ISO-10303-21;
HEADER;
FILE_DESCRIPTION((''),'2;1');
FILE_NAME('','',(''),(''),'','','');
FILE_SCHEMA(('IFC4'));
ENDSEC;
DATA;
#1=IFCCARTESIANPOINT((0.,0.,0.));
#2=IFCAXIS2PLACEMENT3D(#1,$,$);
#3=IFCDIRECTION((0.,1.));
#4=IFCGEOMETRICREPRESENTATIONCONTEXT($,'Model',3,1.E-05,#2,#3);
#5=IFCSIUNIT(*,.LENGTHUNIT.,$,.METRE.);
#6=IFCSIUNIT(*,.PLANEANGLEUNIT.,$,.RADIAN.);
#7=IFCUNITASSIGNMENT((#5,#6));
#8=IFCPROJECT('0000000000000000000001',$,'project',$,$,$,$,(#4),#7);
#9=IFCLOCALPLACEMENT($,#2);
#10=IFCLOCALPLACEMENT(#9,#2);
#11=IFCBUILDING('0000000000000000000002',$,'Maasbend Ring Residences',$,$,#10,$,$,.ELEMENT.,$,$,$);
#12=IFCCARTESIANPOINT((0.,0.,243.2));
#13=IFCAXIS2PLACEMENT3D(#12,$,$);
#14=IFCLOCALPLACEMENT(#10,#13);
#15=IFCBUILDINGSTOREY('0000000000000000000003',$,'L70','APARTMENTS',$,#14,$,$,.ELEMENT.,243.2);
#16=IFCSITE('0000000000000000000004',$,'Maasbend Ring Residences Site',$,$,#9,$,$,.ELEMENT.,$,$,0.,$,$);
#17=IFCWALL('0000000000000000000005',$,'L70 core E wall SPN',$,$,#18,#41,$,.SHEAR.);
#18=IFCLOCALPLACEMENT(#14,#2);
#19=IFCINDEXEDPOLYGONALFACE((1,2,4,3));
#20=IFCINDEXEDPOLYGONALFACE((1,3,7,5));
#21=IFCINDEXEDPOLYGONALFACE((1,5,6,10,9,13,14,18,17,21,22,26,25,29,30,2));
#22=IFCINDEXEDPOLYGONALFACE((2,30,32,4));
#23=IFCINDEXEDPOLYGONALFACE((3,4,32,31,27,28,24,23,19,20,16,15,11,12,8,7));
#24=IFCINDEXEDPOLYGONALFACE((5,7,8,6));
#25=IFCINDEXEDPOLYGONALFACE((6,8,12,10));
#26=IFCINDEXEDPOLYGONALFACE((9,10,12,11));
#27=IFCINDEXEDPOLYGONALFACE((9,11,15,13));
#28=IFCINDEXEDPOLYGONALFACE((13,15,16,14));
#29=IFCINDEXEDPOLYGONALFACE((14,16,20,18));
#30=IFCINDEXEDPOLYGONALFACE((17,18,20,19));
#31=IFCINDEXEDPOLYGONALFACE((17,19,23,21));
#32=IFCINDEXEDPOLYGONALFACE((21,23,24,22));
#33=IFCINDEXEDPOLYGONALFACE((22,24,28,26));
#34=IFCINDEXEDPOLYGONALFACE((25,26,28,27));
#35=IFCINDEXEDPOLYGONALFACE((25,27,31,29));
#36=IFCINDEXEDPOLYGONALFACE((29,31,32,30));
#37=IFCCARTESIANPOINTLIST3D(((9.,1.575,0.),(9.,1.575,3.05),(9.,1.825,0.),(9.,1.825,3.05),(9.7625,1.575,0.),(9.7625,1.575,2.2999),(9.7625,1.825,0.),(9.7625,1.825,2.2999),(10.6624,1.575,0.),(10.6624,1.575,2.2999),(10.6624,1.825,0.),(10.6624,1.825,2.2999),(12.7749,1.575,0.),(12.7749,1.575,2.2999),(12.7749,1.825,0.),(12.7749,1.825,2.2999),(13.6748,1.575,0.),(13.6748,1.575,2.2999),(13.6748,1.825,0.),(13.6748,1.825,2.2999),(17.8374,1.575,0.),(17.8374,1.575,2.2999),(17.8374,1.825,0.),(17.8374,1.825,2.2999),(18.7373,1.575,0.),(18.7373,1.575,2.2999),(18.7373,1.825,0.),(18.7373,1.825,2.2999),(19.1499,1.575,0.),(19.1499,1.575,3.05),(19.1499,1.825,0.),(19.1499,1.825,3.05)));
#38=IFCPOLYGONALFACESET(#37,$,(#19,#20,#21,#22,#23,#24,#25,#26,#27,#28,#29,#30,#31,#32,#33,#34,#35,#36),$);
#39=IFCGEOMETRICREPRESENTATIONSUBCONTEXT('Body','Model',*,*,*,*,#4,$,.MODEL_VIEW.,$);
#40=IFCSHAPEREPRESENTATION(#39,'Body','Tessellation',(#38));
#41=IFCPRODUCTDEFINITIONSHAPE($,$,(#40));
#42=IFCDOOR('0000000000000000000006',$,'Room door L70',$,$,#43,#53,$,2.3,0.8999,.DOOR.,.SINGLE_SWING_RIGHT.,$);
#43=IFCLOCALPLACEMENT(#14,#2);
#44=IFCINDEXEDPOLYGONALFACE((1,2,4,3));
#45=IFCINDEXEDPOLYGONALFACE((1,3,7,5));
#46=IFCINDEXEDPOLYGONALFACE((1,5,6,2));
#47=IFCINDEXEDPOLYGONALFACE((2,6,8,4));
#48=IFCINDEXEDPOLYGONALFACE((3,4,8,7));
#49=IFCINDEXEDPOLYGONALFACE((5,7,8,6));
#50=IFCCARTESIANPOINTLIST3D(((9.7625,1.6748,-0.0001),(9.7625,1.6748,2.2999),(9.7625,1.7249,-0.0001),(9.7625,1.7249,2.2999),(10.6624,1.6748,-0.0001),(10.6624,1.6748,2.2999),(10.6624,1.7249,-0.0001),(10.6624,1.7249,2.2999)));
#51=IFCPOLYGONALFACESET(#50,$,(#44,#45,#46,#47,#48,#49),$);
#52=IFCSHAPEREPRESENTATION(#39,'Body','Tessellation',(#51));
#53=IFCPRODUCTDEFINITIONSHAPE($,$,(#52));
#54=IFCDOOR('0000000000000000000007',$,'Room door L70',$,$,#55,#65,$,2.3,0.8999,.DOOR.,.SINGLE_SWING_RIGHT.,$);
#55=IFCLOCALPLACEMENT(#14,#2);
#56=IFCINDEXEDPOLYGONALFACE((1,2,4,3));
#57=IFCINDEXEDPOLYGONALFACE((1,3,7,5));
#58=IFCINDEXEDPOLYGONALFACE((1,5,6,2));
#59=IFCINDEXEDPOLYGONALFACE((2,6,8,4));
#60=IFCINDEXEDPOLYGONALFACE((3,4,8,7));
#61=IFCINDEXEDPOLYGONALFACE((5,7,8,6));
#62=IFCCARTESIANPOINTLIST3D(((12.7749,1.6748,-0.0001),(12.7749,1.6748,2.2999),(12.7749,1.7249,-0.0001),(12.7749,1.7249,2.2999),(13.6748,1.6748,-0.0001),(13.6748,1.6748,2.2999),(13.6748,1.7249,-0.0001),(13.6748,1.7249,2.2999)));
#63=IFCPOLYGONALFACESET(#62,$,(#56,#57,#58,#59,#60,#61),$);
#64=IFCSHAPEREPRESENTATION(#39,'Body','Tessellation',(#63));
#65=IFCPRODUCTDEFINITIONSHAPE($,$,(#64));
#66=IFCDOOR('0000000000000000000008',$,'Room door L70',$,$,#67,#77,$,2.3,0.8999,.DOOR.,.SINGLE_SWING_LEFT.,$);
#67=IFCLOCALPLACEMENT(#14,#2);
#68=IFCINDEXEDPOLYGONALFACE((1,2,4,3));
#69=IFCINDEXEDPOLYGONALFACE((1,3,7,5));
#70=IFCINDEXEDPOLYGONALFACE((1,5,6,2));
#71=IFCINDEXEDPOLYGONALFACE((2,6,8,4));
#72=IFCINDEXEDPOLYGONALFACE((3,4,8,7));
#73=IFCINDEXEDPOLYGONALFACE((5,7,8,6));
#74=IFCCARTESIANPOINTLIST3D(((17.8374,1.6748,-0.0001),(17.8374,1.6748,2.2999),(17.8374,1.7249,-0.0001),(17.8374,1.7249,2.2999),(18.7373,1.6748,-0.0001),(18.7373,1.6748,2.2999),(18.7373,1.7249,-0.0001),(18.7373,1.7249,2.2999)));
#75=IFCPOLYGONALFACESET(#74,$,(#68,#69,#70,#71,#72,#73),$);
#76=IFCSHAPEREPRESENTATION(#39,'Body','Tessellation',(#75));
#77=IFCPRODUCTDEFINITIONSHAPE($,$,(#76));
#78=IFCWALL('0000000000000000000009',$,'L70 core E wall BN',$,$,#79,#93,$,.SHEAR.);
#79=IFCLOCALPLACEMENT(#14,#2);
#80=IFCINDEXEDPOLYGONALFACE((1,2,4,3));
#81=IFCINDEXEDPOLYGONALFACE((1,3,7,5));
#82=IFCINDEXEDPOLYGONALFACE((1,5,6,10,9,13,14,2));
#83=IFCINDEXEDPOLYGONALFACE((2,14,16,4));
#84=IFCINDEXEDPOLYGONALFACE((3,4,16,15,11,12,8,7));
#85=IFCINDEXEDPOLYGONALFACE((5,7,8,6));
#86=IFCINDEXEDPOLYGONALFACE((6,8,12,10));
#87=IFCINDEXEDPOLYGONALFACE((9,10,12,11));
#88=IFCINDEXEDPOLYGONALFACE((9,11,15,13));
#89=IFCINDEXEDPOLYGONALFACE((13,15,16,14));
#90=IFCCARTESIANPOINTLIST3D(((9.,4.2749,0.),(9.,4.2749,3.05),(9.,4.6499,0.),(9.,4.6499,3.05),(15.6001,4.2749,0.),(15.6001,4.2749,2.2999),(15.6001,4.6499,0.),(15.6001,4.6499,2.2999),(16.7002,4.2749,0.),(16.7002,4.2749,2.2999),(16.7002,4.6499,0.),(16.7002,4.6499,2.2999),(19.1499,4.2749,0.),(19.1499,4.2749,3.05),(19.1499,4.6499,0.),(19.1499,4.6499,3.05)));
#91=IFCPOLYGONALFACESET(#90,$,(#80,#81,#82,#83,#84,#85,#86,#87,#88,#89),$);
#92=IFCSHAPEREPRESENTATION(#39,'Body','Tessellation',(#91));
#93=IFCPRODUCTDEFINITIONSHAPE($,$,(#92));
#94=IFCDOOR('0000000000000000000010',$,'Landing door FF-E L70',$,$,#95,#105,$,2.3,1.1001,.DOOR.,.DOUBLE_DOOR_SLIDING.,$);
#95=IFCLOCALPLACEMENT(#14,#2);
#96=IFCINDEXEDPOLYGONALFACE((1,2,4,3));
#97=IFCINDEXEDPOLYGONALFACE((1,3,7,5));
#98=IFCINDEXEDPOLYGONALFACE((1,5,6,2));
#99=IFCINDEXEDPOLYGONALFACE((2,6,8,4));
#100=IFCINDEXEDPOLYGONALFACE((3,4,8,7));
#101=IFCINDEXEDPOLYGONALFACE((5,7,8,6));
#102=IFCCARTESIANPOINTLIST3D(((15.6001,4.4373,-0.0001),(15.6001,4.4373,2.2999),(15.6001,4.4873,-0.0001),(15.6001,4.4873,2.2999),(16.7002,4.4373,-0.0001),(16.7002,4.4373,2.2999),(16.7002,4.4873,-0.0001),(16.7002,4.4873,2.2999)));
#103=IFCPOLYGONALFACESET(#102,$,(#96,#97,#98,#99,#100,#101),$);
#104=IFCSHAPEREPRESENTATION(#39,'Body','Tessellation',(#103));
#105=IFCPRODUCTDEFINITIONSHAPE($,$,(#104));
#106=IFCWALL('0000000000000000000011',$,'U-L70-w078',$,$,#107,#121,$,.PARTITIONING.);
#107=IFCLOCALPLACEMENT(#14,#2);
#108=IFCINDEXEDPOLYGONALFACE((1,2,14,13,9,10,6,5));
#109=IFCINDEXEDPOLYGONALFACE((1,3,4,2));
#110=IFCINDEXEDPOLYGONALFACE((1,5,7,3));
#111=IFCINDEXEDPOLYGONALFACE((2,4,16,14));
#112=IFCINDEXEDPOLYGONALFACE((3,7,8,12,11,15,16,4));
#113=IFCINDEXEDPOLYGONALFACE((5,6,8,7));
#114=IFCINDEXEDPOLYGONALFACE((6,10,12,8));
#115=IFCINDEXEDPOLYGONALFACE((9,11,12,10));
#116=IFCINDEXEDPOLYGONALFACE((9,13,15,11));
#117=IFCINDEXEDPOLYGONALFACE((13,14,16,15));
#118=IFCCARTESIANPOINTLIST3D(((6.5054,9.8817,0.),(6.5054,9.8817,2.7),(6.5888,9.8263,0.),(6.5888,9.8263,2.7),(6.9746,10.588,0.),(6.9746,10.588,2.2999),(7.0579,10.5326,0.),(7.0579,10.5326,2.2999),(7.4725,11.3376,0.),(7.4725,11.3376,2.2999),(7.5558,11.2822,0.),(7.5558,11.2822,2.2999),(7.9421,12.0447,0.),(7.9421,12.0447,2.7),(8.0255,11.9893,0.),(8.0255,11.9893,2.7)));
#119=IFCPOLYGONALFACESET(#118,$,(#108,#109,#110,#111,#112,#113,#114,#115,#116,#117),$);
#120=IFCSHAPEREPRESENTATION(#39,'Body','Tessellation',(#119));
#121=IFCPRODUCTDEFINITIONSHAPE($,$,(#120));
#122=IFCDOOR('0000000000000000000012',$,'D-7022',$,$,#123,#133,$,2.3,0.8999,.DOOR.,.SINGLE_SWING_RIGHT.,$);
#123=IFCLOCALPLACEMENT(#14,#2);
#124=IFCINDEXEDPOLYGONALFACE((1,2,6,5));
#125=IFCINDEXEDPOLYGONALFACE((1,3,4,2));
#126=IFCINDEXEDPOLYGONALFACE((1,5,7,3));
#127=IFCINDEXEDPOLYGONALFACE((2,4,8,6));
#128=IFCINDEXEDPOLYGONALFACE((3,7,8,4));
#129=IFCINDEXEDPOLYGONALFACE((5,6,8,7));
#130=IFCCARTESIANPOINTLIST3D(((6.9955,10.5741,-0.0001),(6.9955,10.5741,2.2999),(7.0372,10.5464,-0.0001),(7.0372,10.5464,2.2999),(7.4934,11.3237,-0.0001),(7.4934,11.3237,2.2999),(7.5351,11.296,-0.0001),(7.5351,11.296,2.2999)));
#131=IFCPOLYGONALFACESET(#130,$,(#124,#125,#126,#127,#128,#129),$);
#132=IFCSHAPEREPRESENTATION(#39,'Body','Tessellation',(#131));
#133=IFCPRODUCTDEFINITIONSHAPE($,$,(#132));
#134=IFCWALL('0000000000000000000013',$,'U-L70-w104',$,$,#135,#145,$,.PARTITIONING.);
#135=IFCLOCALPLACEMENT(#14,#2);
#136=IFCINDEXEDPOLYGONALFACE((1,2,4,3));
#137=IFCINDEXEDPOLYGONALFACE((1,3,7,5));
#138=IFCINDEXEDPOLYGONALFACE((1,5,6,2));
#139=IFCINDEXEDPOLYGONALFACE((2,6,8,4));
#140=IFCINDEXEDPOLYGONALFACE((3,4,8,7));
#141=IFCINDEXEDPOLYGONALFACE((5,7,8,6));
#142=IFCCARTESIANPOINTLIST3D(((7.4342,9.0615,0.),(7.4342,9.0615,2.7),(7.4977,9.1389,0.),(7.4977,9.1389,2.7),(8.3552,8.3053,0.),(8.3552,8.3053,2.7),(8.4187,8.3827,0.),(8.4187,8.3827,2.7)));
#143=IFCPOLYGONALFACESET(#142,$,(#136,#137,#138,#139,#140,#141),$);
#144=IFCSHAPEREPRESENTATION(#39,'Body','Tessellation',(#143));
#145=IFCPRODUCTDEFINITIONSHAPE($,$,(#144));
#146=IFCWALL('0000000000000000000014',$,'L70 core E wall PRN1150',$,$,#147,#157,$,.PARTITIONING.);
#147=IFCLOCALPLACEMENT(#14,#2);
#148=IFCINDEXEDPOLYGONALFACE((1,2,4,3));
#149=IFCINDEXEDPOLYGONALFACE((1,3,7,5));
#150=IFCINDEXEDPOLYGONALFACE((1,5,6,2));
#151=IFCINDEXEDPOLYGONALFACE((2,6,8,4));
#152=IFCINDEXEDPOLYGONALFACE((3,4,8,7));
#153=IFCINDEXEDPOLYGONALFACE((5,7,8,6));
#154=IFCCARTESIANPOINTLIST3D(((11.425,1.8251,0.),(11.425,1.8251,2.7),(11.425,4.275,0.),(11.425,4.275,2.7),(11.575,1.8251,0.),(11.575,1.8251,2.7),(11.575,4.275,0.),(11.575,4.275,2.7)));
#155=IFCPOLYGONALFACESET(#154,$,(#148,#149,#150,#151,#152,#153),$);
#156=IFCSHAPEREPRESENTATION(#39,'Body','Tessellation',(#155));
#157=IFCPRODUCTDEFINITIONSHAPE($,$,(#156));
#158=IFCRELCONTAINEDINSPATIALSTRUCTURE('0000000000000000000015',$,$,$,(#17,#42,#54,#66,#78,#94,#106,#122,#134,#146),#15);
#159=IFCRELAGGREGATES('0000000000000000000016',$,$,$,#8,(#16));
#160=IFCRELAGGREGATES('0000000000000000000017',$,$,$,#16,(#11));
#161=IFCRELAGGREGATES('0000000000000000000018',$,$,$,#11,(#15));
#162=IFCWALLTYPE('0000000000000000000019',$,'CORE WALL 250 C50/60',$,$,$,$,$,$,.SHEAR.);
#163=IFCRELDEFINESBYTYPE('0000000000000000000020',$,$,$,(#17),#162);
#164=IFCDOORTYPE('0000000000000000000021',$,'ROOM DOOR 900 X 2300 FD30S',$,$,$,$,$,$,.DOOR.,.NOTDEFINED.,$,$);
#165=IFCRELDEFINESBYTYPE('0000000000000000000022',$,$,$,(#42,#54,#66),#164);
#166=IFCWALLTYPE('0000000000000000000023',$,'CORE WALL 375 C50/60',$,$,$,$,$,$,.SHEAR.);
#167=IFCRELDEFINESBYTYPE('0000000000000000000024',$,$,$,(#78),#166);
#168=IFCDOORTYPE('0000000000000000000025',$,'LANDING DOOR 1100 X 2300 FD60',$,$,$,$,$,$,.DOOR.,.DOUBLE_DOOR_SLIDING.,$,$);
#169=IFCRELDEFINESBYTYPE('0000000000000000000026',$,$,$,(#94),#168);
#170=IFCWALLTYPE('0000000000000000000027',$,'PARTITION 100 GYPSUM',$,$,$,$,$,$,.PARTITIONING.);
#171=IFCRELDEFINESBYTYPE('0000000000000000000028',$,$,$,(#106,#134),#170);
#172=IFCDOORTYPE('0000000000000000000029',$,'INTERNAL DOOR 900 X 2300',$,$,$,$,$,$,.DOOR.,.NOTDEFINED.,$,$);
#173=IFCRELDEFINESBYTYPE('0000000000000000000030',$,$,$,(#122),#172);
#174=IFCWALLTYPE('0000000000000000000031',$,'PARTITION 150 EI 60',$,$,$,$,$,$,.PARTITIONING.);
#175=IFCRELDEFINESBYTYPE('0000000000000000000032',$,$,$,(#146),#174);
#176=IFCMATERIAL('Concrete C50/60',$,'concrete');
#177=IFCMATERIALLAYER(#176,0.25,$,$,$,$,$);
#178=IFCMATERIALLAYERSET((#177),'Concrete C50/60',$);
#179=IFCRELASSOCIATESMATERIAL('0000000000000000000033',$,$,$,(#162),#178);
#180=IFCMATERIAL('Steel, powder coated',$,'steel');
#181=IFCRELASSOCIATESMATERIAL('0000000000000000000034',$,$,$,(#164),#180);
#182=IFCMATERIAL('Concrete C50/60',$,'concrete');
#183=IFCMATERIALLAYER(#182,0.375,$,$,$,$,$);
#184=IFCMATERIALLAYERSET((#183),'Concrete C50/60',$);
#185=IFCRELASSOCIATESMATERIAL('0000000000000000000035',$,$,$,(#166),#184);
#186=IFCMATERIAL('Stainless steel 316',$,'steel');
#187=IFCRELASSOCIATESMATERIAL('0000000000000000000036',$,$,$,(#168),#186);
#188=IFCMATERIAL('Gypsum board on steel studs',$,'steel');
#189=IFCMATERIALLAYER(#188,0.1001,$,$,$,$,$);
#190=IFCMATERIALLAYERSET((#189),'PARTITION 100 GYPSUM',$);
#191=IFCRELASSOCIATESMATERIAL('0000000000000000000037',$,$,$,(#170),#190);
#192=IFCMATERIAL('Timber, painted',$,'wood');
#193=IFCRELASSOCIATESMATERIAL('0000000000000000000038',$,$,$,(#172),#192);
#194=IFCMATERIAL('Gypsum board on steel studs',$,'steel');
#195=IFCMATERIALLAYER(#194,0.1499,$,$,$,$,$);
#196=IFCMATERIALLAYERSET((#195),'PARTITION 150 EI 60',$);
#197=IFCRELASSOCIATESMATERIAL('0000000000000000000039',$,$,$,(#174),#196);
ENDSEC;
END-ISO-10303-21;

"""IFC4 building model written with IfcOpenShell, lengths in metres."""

from ifc_helpers import new_model, si_unit, direction, frame, frame_2d, origin, place, context, subcontext, project, spatial, rectangle, extrude, material, layer, layer_set, type_object, element, fill, save


model = new_model("IFC4")

# Units and contexts
model_context = context("Model", 3, precision=1e-05, world=origin(), true_north=direction((0.0, 1.0)))
body_context = subcontext(model_context, "Body", "Model", "MODEL_VIEW")
ifc_project = project(units=[si_unit("LENGTHUNIT", "METRE"), si_unit("PLANEANGLEUNIT", "RADIAN")], contexts=[model_context])

# Site, building, storey
site_placement = place(None, origin())
site = spatial("IfcSite", under=ifc_project, at=site_placement, Name="Maasbend Ring Residences Site", CompositionType="ELEMENT", RefElevation=0.0)
building_placement = place(site_placement, origin())
building = spatial("IfcBuilding", under=site, at=building_placement, Name="Maasbend Ring Residences", CompositionType="ELEMENT")
storey_placement = place(building_placement, frame((0.0, 0.0, 243.2)))
storey = spatial("IfcBuildingStorey", under=building, at=storey_placement, Name="L70", Description="APARTMENTS", CompositionType="ELEMENT", Elevation=243.2)

# Wall, openings, doors
ifc_material_1 = material(Name="Concrete C50/60", Category="concrete")
ifc_layer_1 = layer(ifc_material_1, 0.25)
ifc_layer_set_1 = layer_set([ifc_layer_1], Name="Concrete C50/60")
wall_type_1 = type_object("IfcWallType", Name="CORE WALL 250 C50/60", PredefinedType="SHEAR", material=ifc_layer_set_1)
wall_1_placement = place(storey_placement, frame((9.0, 1.7, 0.0), z_axis=(0.0, 0.0, 1.0), x_axis=(1.0, 0.0, 0.0)))
wall_1 = element("IfcWall", 1, at=wall_1_placement, inside=storey, type_object=wall_type_1, Name="L70 core E wall SPN", PredefinedType="SHEAR", context=body_context, shape_type="SweptSolid", body=[
    extrude(rectangle(XDim=10.1499, YDim=0.25, at=frame_2d((5.075, 0.0))), origin(), (0.0, 0.0, 1.0), 3.05),
])
opening_1_placement = place(wall_1_placement, frame((0.7625, 0.0, 0.0)))
opening_1 = element("IfcOpeningElement", 2, at=opening_1_placement, cuts=wall_1, PredefinedType="OPENING", context=body_context, shape_type="SweptSolid", body=[
    extrude(rectangle(XDim=0.8999, YDim=2.3, at=frame_2d((0.45, 1.1499))), frame((0.0, 0.135, 0.0), z_axis=(0.0, -1.0, 0.0), x_axis=(1.0, 0.0, 0.0)), (0.0, 0.0, 1.0), 0.27),
])
opening_2_placement = place(wall_1_placement, frame((3.7749, 0.0, 0.0)))
opening_2 = element("IfcOpeningElement", 3, at=opening_2_placement, cuts=wall_1, PredefinedType="OPENING", context=body_context, shape_type="SweptSolid", body=[
    extrude(rectangle(XDim=0.8999, YDim=2.3, at=frame_2d((0.45, 1.1499))), frame((0.0, 0.135, 0.0), z_axis=(0.0, -1.0, 0.0), x_axis=(1.0, 0.0, 0.0)), (0.0, 0.0, 1.0), 0.27),
])
opening_3_placement = place(wall_1_placement, frame((8.8374, 0.0, 0.0)))
opening_3 = element("IfcOpeningElement", 4, at=opening_3_placement, cuts=wall_1, PredefinedType="OPENING", context=body_context, shape_type="SweptSolid", body=[
    extrude(rectangle(XDim=0.8999, YDim=2.3, at=frame_2d((0.45, 1.1499))), frame((0.0, 0.135, 0.0), z_axis=(0.0, -1.0, 0.0), x_axis=(1.0, 0.0, 0.0)), (0.0, 0.0, 1.0), 0.27),
])
ifc_material_2 = material(Name="Steel, powder coated", Category="steel")
door_type_1 = type_object("IfcDoorType", Name="ROOM DOOR 900 X 2300 FD30S", OperationType="NOTDEFINED", PredefinedType="DOOR", material=ifc_material_2)
door_1_placement = place(opening_1_placement, origin())
door_1 = element("IfcDoor", 5, at=door_1_placement, inside=storey, type_object=door_type_1, Name="Room door L70", OperationType="SINGLE_SWING_RIGHT", OverallHeight=2.3, OverallWidth=0.8999, PredefinedType="DOOR", context=body_context, shape_type="SweptSolid", body=[
    extrude(rectangle(XDim=0.8999, YDim=2.3, at=frame_2d((0.45, 1.1499))), frame((0.0, 0.0249, 0.0), z_axis=(0.0, -1.0, 0.0), x_axis=(1.0, 0.0, 0.0)), (0.0, 0.0, 1.0), 0.05),
])
fill(opening_1, door_1)
door_2_placement = place(opening_2_placement, origin())
door_2 = element("IfcDoor", 6, at=door_2_placement, inside=storey, type_object=door_type_1, Name="Room door L70", OperationType="SINGLE_SWING_RIGHT", OverallHeight=2.3, OverallWidth=0.8999, PredefinedType="DOOR", context=body_context, shape_type="SweptSolid", body=[
    extrude(rectangle(XDim=0.8999, YDim=2.3, at=frame_2d((0.45, 1.1499))), frame((0.0, 0.0249, 0.0), z_axis=(0.0, -1.0, 0.0), x_axis=(1.0, 0.0, 0.0)), (0.0, 0.0, 1.0), 0.05),
])
fill(opening_2, door_2)
door_3_placement = place(opening_3_placement, origin())
door_3 = element("IfcDoor", 7, at=door_3_placement, inside=storey, type_object=door_type_1, Name="Room door L70", OperationType="SINGLE_SWING_LEFT", OverallHeight=2.3, OverallWidth=0.8999, PredefinedType="DOOR", context=body_context, shape_type="SweptSolid", body=[
    extrude(rectangle(XDim=0.8999, YDim=2.3, at=frame_2d((0.45, 1.1499))), frame((0.0, 0.0249, 0.0), z_axis=(0.0, -1.0, 0.0), x_axis=(1.0, 0.0, 0.0)), (0.0, 0.0, 1.0), 0.05),
])
fill(opening_3, door_3)

# Walls, openings, doors
ifc_material_3 = material(Name="Concrete C50/60", Category="concrete")
ifc_layer_2 = layer(ifc_material_3, 0.375)
ifc_layer_set_2 = layer_set([ifc_layer_2], Name="Concrete C50/60")
wall_type_2 = type_object("IfcWallType", Name="CORE WALL 375 C50/60", PredefinedType="SHEAR", material=ifc_layer_set_2)
wall_2_placement = place(storey_placement, frame((9.0, 4.4624, 0.0), z_axis=(0.0, 0.0, 1.0), x_axis=(1.0, 0.0, 0.0)))
wall_2 = element("IfcWall", 8, at=wall_2_placement, inside=storey, type_object=wall_type_2, Name="L70 core E wall BN", PredefinedType="SHEAR", context=body_context, shape_type="SweptSolid", body=[
    extrude(rectangle(XDim=10.1499, YDim=0.375, at=frame_2d((5.075, 0.0))), origin(), (0.0, 0.0, 1.0), 3.05),
])
opening_4_placement = place(wall_2_placement, frame((6.6001, 0.0, 0.0)))
opening_4 = element("IfcOpeningElement", 9, at=opening_4_placement, cuts=wall_2, PredefinedType="OPENING", context=body_context, shape_type="SweptSolid", body=[
    extrude(rectangle(XDim=1.1001, YDim=2.3, at=frame_2d((0.55, 1.1499))), frame((0.0, 0.1975, 0.0), z_axis=(0.0, -1.0, 0.0), x_axis=(1.0, 0.0, 0.0)), (0.0, 0.0, 1.0), 0.395),
])
ifc_material_4 = material(Name="Stainless steel 316", Category="steel")
door_type_2 = type_object("IfcDoorType", Name="LANDING DOOR 1100 X 2300 FD60", OperationType="DOUBLE_DOOR_SLIDING", PredefinedType="DOOR", material=ifc_material_4)
door_4_placement = place(opening_4_placement, origin())
door_4 = element("IfcDoor", 10, at=door_4_placement, inside=storey, type_object=door_type_2, Name="Landing door FF-E L70", OperationType="DOUBLE_DOOR_SLIDING", OverallHeight=2.3, OverallWidth=1.1001, PredefinedType="DOOR", context=body_context, shape_type="SweptSolid", body=[
    extrude(rectangle(XDim=1.1001, YDim=2.3, at=frame_2d((0.55, 1.1499))), frame((0.0, 0.0249, 0.0), z_axis=(0.0, -1.0, 0.0), x_axis=(1.0, 0.0, 0.0)), (0.0, 0.0, 1.0), 0.05),
])
fill(opening_4, door_4)
ifc_material_5 = material(Name="Gypsum board on steel studs", Category="steel")
ifc_layer_3 = layer(ifc_material_5, 0.1001)
ifc_layer_set_3 = layer_set([ifc_layer_3], Name="PARTITION 100 GYPSUM")
wall_type_3 = type_object("IfcWallType", Name="PARTITION 100 GYPSUM", PredefinedType="PARTITIONING", material=ifc_layer_set_3)
wall_3_placement = place(storey_placement, frame((6.5471, 9.854, 0.0), z_axis=(0.0, 0.0, 1.0), x_axis=(0.553289, 0.832989, 0.0)))
wall_3 = element("IfcWall", 11, at=wall_3_placement, inside=storey, type_object=wall_type_3, Name="U-L70-w078", PredefinedType="PARTITIONING", context=body_context, shape_type="SweptSolid", body=[
    extrude(rectangle(XDim=2.5967, YDim=0.1001, at=frame_2d((1.2983, 0.0))), origin(), (0.0, 0.0, 1.0), 2.7),
])
opening_5_placement = place(wall_3_placement, frame((0.8479, 0.0, 0.0)))
opening_5 = element("IfcOpeningElement", 12, at=opening_5_placement, cuts=wall_3, PredefinedType="OPENING", context=body_context, shape_type="SweptSolid", body=[
    extrude(rectangle(XDim=0.8999, YDim=2.3, at=frame_2d((0.45, 1.1499))), frame((0.0, 0.0601, 0.0), z_axis=(0.0, -1.0, 0.0), x_axis=(1.0, 0.0, 0.0)), (0.0, 0.0, 1.0), 0.1201),
])
ifc_material_6 = material(Name="Timber, painted", Category="wood")
door_type_3 = type_object("IfcDoorType", Name="INTERNAL DOOR 900 X 2300", OperationType="NOTDEFINED", PredefinedType="DOOR", material=ifc_material_6)
door_5_placement = place(opening_5_placement, origin())
door_5 = element("IfcDoor", 13, at=door_5_placement, inside=storey, type_object=door_type_3, Name="D-7022", OperationType="SINGLE_SWING_RIGHT", OverallHeight=2.3, OverallWidth=0.8999, PredefinedType="DOOR", context=body_context, shape_type="SweptSolid", body=[
    extrude(rectangle(XDim=0.8999, YDim=2.3, at=frame_2d((0.45, 1.1499))), frame((0.0, 0.0249, 0.0), z_axis=(0.0, -1.0, 0.0), x_axis=(1.0, 0.0, 0.0)), (0.0, 0.0, 1.0), 0.05),
])
fill(opening_5, door_5)

# Walls
wall_4_placement = place(storey_placement, frame((7.4661, 9.1001, 0.0), z_axis=(0.0, 0.0, 1.0), x_axis=(0.77287, -0.634565, 0.0)))
element("IfcWall", 14, at=wall_4_placement, inside=storey, type_object=wall_type_3, Name="U-L70-w104", PredefinedType="PARTITIONING", context=body_context, shape_type="SweptSolid", body=[
    extrude(rectangle(XDim=1.1917, YDim=0.1001, at=frame_2d((0.5957, 0.0))), origin(), (0.0, 0.0, 1.0), 2.7),
])
ifc_material_7 = material(Name="Gypsum board on steel studs", Category="steel")
ifc_layer_4 = layer(ifc_material_7, 0.1499)
ifc_layer_set_4 = layer_set([ifc_layer_4], Name="PARTITION 150 EI 60")
wall_type_4 = type_object("IfcWallType", Name="PARTITION 150 EI 60", PredefinedType="PARTITIONING", material=ifc_layer_set_4)
wall_5_placement = place(storey_placement, frame((11.5, 1.825, 0.0), z_axis=(0.0, 0.0, 1.0), x_axis=(0.0, 1.0, 0.0)))
element("IfcWall", 15, at=wall_5_placement, inside=storey, type_object=wall_type_4, Name="L70 core E wall PRN1150", PredefinedType="PARTITIONING", context=body_context, shape_type="SweptSolid", body=[
    extrude(rectangle(XDim=2.45, YDim=0.1499, at=frame_2d((1.2251, 0.0))), origin(), (0.0, 0.0, 1.0), 2.7),
])

save(model, "model.ifc")
